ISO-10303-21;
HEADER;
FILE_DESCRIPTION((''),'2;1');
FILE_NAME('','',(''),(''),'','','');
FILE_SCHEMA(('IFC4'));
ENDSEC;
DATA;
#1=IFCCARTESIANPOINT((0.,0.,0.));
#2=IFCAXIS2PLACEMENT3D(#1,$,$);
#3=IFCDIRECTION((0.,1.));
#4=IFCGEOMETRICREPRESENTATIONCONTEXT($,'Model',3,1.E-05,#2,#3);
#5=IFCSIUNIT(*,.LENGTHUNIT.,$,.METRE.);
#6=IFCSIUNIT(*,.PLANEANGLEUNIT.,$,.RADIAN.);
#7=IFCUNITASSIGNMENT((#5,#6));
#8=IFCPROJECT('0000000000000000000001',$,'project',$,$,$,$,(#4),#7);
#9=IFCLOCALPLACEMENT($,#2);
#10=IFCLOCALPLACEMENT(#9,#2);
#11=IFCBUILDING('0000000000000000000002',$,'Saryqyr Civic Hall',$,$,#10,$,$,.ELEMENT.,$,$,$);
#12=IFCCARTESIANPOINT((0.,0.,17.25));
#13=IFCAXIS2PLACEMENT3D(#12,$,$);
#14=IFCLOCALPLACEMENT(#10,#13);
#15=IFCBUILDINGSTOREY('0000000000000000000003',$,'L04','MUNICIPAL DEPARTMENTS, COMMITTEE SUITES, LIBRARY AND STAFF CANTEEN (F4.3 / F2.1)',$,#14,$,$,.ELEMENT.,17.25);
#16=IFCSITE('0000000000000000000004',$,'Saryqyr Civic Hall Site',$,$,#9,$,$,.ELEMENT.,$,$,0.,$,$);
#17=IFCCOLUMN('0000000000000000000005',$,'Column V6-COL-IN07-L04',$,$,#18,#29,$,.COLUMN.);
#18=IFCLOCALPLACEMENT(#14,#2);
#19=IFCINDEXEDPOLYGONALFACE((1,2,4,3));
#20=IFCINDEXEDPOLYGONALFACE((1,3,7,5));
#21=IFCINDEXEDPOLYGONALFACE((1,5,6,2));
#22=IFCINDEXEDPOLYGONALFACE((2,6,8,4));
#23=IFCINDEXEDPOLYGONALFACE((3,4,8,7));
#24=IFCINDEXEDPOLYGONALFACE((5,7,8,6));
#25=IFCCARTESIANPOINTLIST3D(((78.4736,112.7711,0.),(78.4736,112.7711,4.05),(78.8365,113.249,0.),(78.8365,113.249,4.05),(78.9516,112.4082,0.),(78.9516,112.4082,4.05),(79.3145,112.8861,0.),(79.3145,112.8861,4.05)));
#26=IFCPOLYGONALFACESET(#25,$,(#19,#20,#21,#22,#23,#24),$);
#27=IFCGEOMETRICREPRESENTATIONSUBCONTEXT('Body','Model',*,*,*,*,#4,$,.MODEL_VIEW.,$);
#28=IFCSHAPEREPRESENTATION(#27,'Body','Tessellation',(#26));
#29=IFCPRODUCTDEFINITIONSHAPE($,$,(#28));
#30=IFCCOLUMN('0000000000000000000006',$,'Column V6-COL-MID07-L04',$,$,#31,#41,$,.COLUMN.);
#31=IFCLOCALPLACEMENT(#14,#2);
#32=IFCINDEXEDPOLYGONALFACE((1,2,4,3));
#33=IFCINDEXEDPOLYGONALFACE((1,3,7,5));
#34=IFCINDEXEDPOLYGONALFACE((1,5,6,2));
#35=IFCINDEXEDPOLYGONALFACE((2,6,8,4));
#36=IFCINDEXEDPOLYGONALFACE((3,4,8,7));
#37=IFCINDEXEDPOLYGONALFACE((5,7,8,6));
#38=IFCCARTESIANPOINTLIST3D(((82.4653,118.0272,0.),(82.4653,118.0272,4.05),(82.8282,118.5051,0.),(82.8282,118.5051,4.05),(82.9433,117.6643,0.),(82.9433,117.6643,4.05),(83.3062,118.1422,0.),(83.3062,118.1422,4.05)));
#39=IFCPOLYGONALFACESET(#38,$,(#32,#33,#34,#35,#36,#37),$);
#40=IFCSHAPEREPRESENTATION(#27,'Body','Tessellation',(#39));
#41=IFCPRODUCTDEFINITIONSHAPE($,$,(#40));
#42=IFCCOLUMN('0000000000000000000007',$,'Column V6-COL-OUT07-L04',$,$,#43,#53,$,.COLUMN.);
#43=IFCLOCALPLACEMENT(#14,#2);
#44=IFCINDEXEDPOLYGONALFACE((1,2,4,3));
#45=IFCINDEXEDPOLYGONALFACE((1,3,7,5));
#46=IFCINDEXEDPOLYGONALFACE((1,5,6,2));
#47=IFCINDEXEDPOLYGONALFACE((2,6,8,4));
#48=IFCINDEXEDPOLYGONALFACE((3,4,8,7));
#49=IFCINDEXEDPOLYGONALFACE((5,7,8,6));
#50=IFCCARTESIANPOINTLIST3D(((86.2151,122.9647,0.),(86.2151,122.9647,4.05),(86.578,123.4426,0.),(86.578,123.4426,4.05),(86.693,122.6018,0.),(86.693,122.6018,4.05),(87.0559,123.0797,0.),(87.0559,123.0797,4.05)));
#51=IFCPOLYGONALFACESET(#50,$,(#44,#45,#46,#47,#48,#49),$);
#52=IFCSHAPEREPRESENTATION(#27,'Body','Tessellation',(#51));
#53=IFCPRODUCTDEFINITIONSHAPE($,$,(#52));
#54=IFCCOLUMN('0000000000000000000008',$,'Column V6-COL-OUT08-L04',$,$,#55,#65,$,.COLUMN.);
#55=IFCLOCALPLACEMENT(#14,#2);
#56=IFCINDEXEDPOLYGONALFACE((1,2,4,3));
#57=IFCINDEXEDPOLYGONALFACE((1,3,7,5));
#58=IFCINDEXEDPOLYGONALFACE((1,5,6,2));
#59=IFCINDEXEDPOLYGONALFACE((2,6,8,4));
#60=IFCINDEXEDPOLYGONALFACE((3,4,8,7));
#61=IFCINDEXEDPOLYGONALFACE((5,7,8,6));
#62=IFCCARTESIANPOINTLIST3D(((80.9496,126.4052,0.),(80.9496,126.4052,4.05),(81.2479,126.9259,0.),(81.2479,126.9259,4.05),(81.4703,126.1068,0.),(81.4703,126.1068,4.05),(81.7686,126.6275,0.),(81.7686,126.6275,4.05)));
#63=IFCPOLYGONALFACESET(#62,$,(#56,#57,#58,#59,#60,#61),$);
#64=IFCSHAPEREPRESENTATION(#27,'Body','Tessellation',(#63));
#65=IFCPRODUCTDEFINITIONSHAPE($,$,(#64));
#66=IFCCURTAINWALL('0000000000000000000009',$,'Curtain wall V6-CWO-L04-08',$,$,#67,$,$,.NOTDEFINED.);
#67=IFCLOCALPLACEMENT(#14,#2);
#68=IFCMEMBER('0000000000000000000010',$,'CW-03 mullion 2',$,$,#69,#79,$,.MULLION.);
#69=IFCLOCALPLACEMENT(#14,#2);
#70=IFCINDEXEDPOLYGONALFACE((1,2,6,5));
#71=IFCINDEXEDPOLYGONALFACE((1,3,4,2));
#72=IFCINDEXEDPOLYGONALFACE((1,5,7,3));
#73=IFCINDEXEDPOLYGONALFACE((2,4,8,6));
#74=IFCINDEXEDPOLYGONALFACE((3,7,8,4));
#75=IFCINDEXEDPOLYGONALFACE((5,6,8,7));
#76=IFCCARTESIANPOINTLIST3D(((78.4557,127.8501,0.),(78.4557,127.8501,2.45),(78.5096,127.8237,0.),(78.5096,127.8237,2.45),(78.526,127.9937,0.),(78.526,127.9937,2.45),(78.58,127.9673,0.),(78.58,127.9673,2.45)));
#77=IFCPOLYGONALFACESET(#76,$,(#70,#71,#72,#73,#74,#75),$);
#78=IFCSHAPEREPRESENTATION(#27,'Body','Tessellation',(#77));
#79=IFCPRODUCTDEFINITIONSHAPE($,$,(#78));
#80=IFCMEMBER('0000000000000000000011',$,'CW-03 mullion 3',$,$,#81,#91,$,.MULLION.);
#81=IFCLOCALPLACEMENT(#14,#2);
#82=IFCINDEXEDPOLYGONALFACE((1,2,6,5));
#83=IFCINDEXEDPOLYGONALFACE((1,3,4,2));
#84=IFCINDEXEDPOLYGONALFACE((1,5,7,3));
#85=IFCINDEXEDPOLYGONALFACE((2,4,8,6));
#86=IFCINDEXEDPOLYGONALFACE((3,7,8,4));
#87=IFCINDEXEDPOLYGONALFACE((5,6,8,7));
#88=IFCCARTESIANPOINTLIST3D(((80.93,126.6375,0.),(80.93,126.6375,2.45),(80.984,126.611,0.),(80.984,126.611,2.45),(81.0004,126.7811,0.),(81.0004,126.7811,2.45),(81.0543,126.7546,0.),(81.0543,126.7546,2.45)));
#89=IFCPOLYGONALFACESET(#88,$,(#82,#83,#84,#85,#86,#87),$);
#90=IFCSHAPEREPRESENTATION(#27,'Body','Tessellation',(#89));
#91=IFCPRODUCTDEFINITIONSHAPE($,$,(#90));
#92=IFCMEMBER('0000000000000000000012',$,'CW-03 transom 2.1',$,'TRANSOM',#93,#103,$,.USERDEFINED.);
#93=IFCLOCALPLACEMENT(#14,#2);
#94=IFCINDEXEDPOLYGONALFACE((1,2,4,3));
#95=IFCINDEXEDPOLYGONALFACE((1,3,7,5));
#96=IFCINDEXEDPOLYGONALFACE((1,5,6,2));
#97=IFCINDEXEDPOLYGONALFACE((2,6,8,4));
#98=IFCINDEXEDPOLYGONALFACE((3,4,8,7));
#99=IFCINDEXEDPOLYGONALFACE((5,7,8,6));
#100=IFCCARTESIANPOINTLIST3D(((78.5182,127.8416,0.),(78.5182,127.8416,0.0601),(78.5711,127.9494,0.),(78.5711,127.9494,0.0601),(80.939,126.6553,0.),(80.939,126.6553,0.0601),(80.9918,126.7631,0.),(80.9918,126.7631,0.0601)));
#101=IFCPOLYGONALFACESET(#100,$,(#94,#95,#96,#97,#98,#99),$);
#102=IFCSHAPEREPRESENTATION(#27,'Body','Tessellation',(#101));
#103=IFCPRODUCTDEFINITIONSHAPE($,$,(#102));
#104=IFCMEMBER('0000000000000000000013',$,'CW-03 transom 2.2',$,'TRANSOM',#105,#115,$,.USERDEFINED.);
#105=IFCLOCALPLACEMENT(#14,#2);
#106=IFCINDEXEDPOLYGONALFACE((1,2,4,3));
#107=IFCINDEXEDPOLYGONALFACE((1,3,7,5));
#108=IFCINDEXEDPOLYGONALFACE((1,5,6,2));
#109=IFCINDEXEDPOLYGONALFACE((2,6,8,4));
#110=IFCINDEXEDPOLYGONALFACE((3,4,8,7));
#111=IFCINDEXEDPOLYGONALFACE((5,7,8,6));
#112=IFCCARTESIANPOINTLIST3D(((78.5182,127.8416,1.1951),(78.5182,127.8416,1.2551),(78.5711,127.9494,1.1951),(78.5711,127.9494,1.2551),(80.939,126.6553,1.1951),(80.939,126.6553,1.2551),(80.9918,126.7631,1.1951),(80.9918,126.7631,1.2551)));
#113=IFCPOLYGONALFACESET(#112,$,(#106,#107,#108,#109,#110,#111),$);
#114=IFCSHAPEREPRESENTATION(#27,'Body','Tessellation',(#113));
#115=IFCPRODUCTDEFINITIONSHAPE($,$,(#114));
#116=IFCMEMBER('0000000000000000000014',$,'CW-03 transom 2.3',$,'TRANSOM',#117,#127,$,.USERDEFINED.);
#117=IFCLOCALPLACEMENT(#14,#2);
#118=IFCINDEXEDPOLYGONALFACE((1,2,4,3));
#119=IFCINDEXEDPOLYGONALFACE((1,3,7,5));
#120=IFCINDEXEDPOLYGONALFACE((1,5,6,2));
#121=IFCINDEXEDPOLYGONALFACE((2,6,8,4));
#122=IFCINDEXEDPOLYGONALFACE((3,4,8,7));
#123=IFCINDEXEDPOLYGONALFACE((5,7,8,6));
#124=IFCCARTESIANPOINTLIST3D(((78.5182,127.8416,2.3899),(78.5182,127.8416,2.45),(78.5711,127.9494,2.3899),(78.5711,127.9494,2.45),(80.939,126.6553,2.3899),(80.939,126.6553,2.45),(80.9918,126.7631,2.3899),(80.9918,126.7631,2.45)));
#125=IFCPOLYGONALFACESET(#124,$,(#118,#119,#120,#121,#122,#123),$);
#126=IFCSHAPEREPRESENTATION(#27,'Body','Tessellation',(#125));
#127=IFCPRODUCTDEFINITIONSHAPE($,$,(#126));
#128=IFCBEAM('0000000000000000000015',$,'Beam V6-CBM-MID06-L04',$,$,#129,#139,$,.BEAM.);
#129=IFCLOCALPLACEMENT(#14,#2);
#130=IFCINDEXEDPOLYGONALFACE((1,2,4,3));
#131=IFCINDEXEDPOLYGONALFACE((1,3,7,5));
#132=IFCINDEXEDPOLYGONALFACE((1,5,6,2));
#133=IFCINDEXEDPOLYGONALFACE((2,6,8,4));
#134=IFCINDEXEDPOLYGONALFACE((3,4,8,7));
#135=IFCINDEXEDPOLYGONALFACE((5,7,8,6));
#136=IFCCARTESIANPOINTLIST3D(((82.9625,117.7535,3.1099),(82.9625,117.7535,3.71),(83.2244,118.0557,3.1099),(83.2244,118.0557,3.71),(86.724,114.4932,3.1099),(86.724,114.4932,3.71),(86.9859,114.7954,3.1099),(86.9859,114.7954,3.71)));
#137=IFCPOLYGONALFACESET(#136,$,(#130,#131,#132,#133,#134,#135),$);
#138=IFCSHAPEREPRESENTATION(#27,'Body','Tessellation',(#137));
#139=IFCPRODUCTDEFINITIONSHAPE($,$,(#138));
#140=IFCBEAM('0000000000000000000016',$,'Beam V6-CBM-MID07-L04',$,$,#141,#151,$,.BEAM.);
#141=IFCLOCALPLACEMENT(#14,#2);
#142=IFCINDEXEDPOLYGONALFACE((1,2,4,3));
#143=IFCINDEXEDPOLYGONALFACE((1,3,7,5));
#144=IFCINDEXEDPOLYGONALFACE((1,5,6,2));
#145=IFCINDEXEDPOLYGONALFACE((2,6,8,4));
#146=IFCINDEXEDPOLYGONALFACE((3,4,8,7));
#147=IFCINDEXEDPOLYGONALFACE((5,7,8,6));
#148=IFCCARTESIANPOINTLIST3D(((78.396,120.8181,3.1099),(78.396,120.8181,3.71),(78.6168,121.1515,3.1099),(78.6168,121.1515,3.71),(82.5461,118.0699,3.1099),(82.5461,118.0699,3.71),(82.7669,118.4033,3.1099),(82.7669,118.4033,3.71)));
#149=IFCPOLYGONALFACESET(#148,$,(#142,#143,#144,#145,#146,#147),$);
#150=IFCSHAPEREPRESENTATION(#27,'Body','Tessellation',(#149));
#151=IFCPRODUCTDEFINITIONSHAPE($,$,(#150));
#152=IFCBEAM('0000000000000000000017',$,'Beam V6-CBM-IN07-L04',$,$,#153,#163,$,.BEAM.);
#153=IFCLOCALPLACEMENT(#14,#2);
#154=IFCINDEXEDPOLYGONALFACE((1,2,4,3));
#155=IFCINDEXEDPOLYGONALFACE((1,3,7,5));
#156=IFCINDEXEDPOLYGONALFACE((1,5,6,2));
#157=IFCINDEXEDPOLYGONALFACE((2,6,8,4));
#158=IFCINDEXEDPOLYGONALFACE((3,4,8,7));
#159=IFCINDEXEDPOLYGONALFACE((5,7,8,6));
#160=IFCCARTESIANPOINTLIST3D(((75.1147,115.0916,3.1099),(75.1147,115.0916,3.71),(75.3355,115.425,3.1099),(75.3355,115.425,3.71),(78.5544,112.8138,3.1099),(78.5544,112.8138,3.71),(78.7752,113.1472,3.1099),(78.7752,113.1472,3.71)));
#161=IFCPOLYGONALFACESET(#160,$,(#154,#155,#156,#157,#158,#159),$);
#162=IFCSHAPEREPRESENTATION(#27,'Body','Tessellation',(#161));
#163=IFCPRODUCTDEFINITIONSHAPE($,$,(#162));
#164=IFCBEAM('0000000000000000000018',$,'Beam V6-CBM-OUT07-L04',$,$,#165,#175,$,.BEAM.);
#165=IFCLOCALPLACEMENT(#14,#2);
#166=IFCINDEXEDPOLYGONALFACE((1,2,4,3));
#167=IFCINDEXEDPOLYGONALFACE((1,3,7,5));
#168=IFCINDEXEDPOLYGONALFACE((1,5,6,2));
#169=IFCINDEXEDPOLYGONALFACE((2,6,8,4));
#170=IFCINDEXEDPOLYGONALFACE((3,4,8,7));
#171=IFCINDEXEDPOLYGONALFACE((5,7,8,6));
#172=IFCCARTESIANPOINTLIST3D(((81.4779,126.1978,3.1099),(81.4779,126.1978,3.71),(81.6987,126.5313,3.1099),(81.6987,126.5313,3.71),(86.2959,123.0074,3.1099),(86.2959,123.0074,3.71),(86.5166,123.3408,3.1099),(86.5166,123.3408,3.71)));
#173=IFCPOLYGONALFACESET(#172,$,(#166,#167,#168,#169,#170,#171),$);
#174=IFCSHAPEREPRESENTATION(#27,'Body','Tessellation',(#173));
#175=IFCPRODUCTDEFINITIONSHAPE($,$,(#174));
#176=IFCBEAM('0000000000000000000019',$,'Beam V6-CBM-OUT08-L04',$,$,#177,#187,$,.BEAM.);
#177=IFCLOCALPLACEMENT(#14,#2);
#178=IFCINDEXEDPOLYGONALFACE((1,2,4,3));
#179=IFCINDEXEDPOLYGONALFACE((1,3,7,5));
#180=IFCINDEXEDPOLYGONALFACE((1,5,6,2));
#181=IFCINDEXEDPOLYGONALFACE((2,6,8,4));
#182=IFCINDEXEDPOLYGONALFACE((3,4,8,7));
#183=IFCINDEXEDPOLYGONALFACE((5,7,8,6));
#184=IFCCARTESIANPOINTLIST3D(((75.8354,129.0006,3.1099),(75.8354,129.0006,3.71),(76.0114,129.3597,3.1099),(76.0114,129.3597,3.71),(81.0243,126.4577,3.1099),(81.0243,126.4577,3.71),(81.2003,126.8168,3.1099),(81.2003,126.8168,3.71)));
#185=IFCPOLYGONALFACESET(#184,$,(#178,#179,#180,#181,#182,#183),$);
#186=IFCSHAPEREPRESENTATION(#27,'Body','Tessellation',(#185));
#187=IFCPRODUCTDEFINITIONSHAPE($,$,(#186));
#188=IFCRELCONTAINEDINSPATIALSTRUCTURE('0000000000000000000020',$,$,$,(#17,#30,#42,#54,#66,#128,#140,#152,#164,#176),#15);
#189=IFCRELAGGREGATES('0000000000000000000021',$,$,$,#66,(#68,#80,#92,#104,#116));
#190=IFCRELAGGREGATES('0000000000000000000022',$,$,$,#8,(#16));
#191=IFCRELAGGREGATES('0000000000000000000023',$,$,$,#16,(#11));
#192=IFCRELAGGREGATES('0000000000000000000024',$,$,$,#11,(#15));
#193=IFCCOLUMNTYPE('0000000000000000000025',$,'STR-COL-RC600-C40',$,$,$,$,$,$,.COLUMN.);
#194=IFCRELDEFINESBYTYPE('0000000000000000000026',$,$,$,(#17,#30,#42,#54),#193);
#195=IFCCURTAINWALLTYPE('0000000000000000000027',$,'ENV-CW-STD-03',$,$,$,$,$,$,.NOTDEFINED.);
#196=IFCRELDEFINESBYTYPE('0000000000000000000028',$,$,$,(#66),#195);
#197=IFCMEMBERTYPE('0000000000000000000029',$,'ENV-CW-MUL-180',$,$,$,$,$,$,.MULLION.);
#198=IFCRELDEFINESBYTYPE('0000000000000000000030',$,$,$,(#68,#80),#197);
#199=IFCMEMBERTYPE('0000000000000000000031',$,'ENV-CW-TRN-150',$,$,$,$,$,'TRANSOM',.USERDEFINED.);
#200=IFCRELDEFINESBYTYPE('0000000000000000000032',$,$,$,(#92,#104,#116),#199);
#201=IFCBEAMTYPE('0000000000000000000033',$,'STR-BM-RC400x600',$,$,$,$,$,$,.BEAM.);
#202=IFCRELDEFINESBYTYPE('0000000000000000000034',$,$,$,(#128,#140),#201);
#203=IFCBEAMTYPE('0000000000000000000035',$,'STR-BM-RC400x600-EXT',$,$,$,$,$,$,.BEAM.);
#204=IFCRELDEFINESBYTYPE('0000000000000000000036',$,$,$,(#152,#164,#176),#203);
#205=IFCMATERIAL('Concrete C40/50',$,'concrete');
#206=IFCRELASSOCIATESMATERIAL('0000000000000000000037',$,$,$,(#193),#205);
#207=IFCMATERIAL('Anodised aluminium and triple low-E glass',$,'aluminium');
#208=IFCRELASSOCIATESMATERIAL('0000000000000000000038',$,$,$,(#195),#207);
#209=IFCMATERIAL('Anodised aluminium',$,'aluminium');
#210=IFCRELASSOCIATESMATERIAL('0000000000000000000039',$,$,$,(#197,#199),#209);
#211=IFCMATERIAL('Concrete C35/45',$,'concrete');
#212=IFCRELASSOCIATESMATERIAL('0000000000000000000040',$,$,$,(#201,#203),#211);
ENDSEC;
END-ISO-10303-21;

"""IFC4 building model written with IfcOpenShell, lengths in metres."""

from ifc_helpers import new_model, si_unit, direction, frame, origin, origin_2d, place, context, subcontext, project, spatial, rectangle, extrude, material, material_profile, profile_set, type_object, element, aggregate, save


model = new_model("IFC4")

# Units and contexts
model_context = context("Model", 3, precision=1e-05, world=origin(), true_north=direction((0.0, 1.0)))
body_context = subcontext(model_context, "Body", "Model", "MODEL_VIEW")
ifc_project = project(units=[si_unit("LENGTHUNIT", "METRE"), si_unit("PLANEANGLEUNIT", "RADIAN")], contexts=[model_context])

# Site, building, storey
site_placement = place(None, origin())
site = spatial("IfcSite", under=ifc_project, at=site_placement, Name="Saryqyr Civic Hall Site", CompositionType="ELEMENT", RefElevation=0.0)
building_placement = place(site_placement, origin())
building = spatial("IfcBuilding", under=site, at=building_placement, Name="Saryqyr Civic Hall", CompositionType="ELEMENT")
storey_placement = place(building_placement, frame((0.0, 0.0, 17.25)))
storey = spatial("IfcBuildingStorey", under=building, at=storey_placement, Name="L04", Description="MUNICIPAL DEPARTMENTS, COMMITTEE SUITES, LIBRARY AND STAFF CANTEEN (F4.3 / F2.1)", CompositionType="ELEMENT", Elevation=17.25)

# Columns
ifc_material_1 = material(Name="Concrete C40/50", Category="concrete")
ifc_material_profile_1 = material_profile(ifc_material_1, rectangle(XDim=0.6001, YDim=0.6001, at=origin_2d()), Name="RC 600x600")
ifc_profile_set_1 = profile_set([ifc_material_profile_1], Name="Concrete C40/50")
column_type = type_object("IfcColumnType", Name="STR-COL-RC600-C40", PredefinedType="COLUMN", material=ifc_profile_set_1)
for number, where, z_axis, x_axis, name in (
    (1, (78.894, 112.8286, 0.0), (0.0, 0.0, 1.0), (0.604738, 0.796424, 0.0), "Column V6-COL-IN07-L04"),
    (2, (82.8857, 118.0847, 0.0), (0.0, 0.0, 1.0), (0.604738, 0.796424, 0.0), "Column V6-COL-MID07-L04"),
    (3, (86.6355, 123.0222, 0.0), (0.0, 0.0, 1.0), (0.604738, 0.796424, 0.0), "Column V6-COL-OUT07-L04"),
    (4, (81.3591, 126.5164, 0.0), (0.0, 0.0, 1.0), (0.497125, 0.867679, 0.0), "Column V6-COL-OUT08-L04"),
):
    element("IfcColumn", number, at=place(storey_placement, frame(where, z_axis=z_axis, x_axis=x_axis)), inside=storey, type_object=column_type, Name=name, PredefinedType="COLUMN", context=body_context, shape_type="SweptSolid", body=[
        extrude(rectangle(XDim=0.6001, YDim=0.6001, at=origin_2d()), origin(), (0.0, 0.0, 1.0), 4.05),
    ])

# Curtain wall, members
ifc_material_2 = material(Name="Anodised aluminium and triple low-E glass", Category="aluminium")
curtain_wall_type = type_object("IfcCurtainWallType", Name="ENV-CW-STD-03", PredefinedType="NOTDEFINED", material=ifc_material_2)
curtain_wall_placement = place(storey_placement, origin())
curtain_wall = element("IfcCurtainWall", 5, at=curtain_wall_placement, inside=storey, type_object=curtain_wall_type, Name="Curtain wall V6-CWO-L04-08", PredefinedType="NOTDEFINED")
ifc_material_3 = material(Name="Anodised aluminium", Category="aluminium")
ifc_material_profile_2 = material_profile(ifc_material_3, rectangle(XDim=0.0601, YDim=0.1599, at=origin_2d()), Name="ALU MULLION 60x160")
ifc_profile_set_2 = profile_set([ifc_material_profile_2], Name="Anodised aluminium")
member_type_1 = type_object("IfcMemberType", Name="ENV-CW-MUL-180", PredefinedType="MULLION", material=ifc_profile_set_2)
member_1_placement = place(storey_placement, frame((78.5178, 127.9087, 0.0), z_axis=(0.0, 0.0, 1.0), x_axis=(0.897971, -0.440055, 0.0)))
member_1 = element("IfcMember", 6, at=member_1_placement, type_object=member_type_1, Name="CW-03 mullion 2", PredefinedType="MULLION", context=body_context, shape_type="SweptSolid", body=[
    extrude(rectangle(XDim=0.0601, YDim=0.1599, at=origin_2d()), origin(), (0.0, 0.0, 1.0), 2.45),
])
member_2_placement = place(storey_placement, frame((80.9922, 126.696, 0.0), z_axis=(0.0, 0.0, 1.0), x_axis=(0.897971, -0.440055, 0.0)))
member_2 = element("IfcMember", 7, at=member_2_placement, type_object=member_type_1, Name="CW-03 mullion 3", PredefinedType="MULLION", context=body_context, shape_type="SweptSolid", body=[
    extrude(rectangle(XDim=0.0601, YDim=0.1599, at=origin_2d()), origin(), (0.0, 0.0, 1.0), 2.45),
])
ifc_material_profile_3 = material_profile(ifc_material_3, rectangle(XDim=0.1201, YDim=0.0601, at=origin_2d()), Name="ALU TRANSOM 120x60")
ifc_profile_set_3 = profile_set([ifc_material_profile_3], Name="Anodised aluminium")
member_type_2 = type_object("IfcMemberType", Name="ENV-CW-TRN-150", ElementType="TRANSOM", PredefinedType="USERDEFINED", material=ifc_profile_set_3)
member_3_placement = place(storey_placement, frame((78.5447, 127.8955, 0.03), z_axis=(0.897967, -0.440063, 0.0), x_axis=(0.440063, 0.897967, 0.0)))
member_3 = element("IfcMember", 8, at=member_3_placement, type_object=member_type_2, Name="CW-03 transom 2.1", ObjectType="TRANSOM", PredefinedType="USERDEFINED", context=body_context, shape_type="SweptSolid", body=[
    extrude(rectangle(XDim=0.1201, YDim=0.0601, at=origin_2d()), origin(), (0.0, 0.0, 1.0), 2.6958),
])
member_4_placement = place(storey_placement, frame((78.5447, 127.8955, 1.2251), z_axis=(0.897967, -0.440063, 0.0), x_axis=(0.440063, 0.897967, 0.0)))
member_4 = element("IfcMember", 9, at=member_4_placement, type_object=member_type_2, Name="CW-03 transom 2.2", ObjectType="TRANSOM", PredefinedType="USERDEFINED", context=body_context, shape_type="SweptSolid", body=[
    extrude(rectangle(XDim=0.1201, YDim=0.0601, at=origin_2d()), origin(), (0.0, 0.0, 1.0), 2.6958),
])
member_5_placement = place(storey_placement, frame((78.5447, 127.8955, 2.4199), z_axis=(0.897967, -0.440063, 0.0), x_axis=(0.440063, 0.897967, 0.0)))
member_5 = element("IfcMember", 10, at=member_5_placement, type_object=member_type_2, Name="CW-03 transom 2.3", ObjectType="TRANSOM", PredefinedType="USERDEFINED", context=body_context, shape_type="SweptSolid", body=[
    extrude(rectangle(XDim=0.1201, YDim=0.0601, at=origin_2d()), origin(), (0.0, 0.0, 1.0), 2.6958),
])

# Beams
ifc_material_4 = material(Name="Concrete C35/45", Category="concrete")
ifc_material_profile_4 = material_profile(ifc_material_4, rectangle(XDim=0.3999, YDim=0.6001, at=origin_2d()), Name="RC 400x600")
ifc_profile_set_4 = profile_set([ifc_material_profile_4], Name="Concrete C35/45")
beam_type_1 = type_object("IfcBeamType", Name="STR-BM-RC400x600", PredefinedType="BEAM", material=ifc_profile_set_4)
beam_1_placement = place(storey_placement, frame((86.855, 114.6443, 3.4099), z_axis=(-0.755658, 0.654966, 0.0), x_axis=(-0.654966, -0.755658, 0.0)))
element("IfcBeam", 11, at=beam_1_placement, inside=storey, type_object=beam_type_1, Name="Beam V6-CBM-MID06-L04", PredefinedType="BEAM", context=body_context, shape_type="SweptSolid", body=[
    extrude(rectangle(XDim=0.3999, YDim=0.6001, at=origin_2d()), origin(), (0.0, 0.0, 1.0), 4.9778),
])
beam_2_placement = place(storey_placement, frame((82.6565, 118.2366, 3.4099), z_axis=(-0.833759, 0.552128, 0.0), x_axis=(-0.552128, -0.833759, 0.0)))
element("IfcBeam", 12, at=beam_2_placement, inside=storey, type_object=beam_type_1, Name="Beam V6-CBM-MID07-L04", PredefinedType="BEAM", context=body_context, shape_type="SweptSolid", body=[
    extrude(rectangle(XDim=0.3999, YDim=0.6001, at=origin_2d()), origin(), (0.0, 0.0, 1.0), 4.9775),
])
ifc_material_profile_5 = material_profile(ifc_material_4, rectangle(XDim=0.3999, YDim=0.6001, at=origin_2d()), Name="RC 400x600")
ifc_profile_set_5 = profile_set([ifc_material_profile_5], Name="Concrete C35/45")
beam_type_2 = type_object("IfcBeamType", Name="STR-BM-RC400x600-EXT", PredefinedType="BEAM", material=ifc_profile_set_5)
beam_3_placement = place(storey_placement, frame((78.6648, 112.9805, 3.4099), z_axis=(-0.833758, 0.55213, 0.0), x_axis=(-0.55213, -0.833758, 0.0)))
element("IfcBeam", 13, at=beam_3_placement, inside=storey, type_object=beam_type_2, Name="Beam V6-CBM-IN07-L04", PredefinedType="BEAM", context=body_context, shape_type="SweptSolid", body=[
    extrude(rectangle(XDim=0.3999, YDim=0.6001, at=origin_2d()), origin(), (0.0, 0.0, 1.0), 4.1255),
])
for number, where, z_axis, x_axis, name in (
    (14, (86.4062, 123.1741, 3.4099), (-0.833762, 0.552124, 0.0), (-0.552124, -0.833762, 0.0), "Beam V6-CBM-OUT07-L04"),
    (15, (81.1123, 126.6372, 3.4099), (-0.897965, 0.440068, 0.0), (-0.440068, -0.897965, 0.0), "Beam V6-CBM-OUT08-L04"),
):
    element("IfcBeam", number, at=place(storey_placement, frame(where, z_axis=z_axis, x_axis=x_axis)), inside=storey, type_object=beam_type_2, Name=name, PredefinedType="BEAM", context=body_context, shape_type="SweptSolid", body=[
        extrude(rectangle(XDim=0.3999, YDim=0.6001, at=origin_2d()), origin(), (0.0, 0.0, 1.0), 5.7786),
    ])

aggregate(curtain_wall, [member_1, member_2, member_3, member_4, member_5])

save(model, "model.ifc")
